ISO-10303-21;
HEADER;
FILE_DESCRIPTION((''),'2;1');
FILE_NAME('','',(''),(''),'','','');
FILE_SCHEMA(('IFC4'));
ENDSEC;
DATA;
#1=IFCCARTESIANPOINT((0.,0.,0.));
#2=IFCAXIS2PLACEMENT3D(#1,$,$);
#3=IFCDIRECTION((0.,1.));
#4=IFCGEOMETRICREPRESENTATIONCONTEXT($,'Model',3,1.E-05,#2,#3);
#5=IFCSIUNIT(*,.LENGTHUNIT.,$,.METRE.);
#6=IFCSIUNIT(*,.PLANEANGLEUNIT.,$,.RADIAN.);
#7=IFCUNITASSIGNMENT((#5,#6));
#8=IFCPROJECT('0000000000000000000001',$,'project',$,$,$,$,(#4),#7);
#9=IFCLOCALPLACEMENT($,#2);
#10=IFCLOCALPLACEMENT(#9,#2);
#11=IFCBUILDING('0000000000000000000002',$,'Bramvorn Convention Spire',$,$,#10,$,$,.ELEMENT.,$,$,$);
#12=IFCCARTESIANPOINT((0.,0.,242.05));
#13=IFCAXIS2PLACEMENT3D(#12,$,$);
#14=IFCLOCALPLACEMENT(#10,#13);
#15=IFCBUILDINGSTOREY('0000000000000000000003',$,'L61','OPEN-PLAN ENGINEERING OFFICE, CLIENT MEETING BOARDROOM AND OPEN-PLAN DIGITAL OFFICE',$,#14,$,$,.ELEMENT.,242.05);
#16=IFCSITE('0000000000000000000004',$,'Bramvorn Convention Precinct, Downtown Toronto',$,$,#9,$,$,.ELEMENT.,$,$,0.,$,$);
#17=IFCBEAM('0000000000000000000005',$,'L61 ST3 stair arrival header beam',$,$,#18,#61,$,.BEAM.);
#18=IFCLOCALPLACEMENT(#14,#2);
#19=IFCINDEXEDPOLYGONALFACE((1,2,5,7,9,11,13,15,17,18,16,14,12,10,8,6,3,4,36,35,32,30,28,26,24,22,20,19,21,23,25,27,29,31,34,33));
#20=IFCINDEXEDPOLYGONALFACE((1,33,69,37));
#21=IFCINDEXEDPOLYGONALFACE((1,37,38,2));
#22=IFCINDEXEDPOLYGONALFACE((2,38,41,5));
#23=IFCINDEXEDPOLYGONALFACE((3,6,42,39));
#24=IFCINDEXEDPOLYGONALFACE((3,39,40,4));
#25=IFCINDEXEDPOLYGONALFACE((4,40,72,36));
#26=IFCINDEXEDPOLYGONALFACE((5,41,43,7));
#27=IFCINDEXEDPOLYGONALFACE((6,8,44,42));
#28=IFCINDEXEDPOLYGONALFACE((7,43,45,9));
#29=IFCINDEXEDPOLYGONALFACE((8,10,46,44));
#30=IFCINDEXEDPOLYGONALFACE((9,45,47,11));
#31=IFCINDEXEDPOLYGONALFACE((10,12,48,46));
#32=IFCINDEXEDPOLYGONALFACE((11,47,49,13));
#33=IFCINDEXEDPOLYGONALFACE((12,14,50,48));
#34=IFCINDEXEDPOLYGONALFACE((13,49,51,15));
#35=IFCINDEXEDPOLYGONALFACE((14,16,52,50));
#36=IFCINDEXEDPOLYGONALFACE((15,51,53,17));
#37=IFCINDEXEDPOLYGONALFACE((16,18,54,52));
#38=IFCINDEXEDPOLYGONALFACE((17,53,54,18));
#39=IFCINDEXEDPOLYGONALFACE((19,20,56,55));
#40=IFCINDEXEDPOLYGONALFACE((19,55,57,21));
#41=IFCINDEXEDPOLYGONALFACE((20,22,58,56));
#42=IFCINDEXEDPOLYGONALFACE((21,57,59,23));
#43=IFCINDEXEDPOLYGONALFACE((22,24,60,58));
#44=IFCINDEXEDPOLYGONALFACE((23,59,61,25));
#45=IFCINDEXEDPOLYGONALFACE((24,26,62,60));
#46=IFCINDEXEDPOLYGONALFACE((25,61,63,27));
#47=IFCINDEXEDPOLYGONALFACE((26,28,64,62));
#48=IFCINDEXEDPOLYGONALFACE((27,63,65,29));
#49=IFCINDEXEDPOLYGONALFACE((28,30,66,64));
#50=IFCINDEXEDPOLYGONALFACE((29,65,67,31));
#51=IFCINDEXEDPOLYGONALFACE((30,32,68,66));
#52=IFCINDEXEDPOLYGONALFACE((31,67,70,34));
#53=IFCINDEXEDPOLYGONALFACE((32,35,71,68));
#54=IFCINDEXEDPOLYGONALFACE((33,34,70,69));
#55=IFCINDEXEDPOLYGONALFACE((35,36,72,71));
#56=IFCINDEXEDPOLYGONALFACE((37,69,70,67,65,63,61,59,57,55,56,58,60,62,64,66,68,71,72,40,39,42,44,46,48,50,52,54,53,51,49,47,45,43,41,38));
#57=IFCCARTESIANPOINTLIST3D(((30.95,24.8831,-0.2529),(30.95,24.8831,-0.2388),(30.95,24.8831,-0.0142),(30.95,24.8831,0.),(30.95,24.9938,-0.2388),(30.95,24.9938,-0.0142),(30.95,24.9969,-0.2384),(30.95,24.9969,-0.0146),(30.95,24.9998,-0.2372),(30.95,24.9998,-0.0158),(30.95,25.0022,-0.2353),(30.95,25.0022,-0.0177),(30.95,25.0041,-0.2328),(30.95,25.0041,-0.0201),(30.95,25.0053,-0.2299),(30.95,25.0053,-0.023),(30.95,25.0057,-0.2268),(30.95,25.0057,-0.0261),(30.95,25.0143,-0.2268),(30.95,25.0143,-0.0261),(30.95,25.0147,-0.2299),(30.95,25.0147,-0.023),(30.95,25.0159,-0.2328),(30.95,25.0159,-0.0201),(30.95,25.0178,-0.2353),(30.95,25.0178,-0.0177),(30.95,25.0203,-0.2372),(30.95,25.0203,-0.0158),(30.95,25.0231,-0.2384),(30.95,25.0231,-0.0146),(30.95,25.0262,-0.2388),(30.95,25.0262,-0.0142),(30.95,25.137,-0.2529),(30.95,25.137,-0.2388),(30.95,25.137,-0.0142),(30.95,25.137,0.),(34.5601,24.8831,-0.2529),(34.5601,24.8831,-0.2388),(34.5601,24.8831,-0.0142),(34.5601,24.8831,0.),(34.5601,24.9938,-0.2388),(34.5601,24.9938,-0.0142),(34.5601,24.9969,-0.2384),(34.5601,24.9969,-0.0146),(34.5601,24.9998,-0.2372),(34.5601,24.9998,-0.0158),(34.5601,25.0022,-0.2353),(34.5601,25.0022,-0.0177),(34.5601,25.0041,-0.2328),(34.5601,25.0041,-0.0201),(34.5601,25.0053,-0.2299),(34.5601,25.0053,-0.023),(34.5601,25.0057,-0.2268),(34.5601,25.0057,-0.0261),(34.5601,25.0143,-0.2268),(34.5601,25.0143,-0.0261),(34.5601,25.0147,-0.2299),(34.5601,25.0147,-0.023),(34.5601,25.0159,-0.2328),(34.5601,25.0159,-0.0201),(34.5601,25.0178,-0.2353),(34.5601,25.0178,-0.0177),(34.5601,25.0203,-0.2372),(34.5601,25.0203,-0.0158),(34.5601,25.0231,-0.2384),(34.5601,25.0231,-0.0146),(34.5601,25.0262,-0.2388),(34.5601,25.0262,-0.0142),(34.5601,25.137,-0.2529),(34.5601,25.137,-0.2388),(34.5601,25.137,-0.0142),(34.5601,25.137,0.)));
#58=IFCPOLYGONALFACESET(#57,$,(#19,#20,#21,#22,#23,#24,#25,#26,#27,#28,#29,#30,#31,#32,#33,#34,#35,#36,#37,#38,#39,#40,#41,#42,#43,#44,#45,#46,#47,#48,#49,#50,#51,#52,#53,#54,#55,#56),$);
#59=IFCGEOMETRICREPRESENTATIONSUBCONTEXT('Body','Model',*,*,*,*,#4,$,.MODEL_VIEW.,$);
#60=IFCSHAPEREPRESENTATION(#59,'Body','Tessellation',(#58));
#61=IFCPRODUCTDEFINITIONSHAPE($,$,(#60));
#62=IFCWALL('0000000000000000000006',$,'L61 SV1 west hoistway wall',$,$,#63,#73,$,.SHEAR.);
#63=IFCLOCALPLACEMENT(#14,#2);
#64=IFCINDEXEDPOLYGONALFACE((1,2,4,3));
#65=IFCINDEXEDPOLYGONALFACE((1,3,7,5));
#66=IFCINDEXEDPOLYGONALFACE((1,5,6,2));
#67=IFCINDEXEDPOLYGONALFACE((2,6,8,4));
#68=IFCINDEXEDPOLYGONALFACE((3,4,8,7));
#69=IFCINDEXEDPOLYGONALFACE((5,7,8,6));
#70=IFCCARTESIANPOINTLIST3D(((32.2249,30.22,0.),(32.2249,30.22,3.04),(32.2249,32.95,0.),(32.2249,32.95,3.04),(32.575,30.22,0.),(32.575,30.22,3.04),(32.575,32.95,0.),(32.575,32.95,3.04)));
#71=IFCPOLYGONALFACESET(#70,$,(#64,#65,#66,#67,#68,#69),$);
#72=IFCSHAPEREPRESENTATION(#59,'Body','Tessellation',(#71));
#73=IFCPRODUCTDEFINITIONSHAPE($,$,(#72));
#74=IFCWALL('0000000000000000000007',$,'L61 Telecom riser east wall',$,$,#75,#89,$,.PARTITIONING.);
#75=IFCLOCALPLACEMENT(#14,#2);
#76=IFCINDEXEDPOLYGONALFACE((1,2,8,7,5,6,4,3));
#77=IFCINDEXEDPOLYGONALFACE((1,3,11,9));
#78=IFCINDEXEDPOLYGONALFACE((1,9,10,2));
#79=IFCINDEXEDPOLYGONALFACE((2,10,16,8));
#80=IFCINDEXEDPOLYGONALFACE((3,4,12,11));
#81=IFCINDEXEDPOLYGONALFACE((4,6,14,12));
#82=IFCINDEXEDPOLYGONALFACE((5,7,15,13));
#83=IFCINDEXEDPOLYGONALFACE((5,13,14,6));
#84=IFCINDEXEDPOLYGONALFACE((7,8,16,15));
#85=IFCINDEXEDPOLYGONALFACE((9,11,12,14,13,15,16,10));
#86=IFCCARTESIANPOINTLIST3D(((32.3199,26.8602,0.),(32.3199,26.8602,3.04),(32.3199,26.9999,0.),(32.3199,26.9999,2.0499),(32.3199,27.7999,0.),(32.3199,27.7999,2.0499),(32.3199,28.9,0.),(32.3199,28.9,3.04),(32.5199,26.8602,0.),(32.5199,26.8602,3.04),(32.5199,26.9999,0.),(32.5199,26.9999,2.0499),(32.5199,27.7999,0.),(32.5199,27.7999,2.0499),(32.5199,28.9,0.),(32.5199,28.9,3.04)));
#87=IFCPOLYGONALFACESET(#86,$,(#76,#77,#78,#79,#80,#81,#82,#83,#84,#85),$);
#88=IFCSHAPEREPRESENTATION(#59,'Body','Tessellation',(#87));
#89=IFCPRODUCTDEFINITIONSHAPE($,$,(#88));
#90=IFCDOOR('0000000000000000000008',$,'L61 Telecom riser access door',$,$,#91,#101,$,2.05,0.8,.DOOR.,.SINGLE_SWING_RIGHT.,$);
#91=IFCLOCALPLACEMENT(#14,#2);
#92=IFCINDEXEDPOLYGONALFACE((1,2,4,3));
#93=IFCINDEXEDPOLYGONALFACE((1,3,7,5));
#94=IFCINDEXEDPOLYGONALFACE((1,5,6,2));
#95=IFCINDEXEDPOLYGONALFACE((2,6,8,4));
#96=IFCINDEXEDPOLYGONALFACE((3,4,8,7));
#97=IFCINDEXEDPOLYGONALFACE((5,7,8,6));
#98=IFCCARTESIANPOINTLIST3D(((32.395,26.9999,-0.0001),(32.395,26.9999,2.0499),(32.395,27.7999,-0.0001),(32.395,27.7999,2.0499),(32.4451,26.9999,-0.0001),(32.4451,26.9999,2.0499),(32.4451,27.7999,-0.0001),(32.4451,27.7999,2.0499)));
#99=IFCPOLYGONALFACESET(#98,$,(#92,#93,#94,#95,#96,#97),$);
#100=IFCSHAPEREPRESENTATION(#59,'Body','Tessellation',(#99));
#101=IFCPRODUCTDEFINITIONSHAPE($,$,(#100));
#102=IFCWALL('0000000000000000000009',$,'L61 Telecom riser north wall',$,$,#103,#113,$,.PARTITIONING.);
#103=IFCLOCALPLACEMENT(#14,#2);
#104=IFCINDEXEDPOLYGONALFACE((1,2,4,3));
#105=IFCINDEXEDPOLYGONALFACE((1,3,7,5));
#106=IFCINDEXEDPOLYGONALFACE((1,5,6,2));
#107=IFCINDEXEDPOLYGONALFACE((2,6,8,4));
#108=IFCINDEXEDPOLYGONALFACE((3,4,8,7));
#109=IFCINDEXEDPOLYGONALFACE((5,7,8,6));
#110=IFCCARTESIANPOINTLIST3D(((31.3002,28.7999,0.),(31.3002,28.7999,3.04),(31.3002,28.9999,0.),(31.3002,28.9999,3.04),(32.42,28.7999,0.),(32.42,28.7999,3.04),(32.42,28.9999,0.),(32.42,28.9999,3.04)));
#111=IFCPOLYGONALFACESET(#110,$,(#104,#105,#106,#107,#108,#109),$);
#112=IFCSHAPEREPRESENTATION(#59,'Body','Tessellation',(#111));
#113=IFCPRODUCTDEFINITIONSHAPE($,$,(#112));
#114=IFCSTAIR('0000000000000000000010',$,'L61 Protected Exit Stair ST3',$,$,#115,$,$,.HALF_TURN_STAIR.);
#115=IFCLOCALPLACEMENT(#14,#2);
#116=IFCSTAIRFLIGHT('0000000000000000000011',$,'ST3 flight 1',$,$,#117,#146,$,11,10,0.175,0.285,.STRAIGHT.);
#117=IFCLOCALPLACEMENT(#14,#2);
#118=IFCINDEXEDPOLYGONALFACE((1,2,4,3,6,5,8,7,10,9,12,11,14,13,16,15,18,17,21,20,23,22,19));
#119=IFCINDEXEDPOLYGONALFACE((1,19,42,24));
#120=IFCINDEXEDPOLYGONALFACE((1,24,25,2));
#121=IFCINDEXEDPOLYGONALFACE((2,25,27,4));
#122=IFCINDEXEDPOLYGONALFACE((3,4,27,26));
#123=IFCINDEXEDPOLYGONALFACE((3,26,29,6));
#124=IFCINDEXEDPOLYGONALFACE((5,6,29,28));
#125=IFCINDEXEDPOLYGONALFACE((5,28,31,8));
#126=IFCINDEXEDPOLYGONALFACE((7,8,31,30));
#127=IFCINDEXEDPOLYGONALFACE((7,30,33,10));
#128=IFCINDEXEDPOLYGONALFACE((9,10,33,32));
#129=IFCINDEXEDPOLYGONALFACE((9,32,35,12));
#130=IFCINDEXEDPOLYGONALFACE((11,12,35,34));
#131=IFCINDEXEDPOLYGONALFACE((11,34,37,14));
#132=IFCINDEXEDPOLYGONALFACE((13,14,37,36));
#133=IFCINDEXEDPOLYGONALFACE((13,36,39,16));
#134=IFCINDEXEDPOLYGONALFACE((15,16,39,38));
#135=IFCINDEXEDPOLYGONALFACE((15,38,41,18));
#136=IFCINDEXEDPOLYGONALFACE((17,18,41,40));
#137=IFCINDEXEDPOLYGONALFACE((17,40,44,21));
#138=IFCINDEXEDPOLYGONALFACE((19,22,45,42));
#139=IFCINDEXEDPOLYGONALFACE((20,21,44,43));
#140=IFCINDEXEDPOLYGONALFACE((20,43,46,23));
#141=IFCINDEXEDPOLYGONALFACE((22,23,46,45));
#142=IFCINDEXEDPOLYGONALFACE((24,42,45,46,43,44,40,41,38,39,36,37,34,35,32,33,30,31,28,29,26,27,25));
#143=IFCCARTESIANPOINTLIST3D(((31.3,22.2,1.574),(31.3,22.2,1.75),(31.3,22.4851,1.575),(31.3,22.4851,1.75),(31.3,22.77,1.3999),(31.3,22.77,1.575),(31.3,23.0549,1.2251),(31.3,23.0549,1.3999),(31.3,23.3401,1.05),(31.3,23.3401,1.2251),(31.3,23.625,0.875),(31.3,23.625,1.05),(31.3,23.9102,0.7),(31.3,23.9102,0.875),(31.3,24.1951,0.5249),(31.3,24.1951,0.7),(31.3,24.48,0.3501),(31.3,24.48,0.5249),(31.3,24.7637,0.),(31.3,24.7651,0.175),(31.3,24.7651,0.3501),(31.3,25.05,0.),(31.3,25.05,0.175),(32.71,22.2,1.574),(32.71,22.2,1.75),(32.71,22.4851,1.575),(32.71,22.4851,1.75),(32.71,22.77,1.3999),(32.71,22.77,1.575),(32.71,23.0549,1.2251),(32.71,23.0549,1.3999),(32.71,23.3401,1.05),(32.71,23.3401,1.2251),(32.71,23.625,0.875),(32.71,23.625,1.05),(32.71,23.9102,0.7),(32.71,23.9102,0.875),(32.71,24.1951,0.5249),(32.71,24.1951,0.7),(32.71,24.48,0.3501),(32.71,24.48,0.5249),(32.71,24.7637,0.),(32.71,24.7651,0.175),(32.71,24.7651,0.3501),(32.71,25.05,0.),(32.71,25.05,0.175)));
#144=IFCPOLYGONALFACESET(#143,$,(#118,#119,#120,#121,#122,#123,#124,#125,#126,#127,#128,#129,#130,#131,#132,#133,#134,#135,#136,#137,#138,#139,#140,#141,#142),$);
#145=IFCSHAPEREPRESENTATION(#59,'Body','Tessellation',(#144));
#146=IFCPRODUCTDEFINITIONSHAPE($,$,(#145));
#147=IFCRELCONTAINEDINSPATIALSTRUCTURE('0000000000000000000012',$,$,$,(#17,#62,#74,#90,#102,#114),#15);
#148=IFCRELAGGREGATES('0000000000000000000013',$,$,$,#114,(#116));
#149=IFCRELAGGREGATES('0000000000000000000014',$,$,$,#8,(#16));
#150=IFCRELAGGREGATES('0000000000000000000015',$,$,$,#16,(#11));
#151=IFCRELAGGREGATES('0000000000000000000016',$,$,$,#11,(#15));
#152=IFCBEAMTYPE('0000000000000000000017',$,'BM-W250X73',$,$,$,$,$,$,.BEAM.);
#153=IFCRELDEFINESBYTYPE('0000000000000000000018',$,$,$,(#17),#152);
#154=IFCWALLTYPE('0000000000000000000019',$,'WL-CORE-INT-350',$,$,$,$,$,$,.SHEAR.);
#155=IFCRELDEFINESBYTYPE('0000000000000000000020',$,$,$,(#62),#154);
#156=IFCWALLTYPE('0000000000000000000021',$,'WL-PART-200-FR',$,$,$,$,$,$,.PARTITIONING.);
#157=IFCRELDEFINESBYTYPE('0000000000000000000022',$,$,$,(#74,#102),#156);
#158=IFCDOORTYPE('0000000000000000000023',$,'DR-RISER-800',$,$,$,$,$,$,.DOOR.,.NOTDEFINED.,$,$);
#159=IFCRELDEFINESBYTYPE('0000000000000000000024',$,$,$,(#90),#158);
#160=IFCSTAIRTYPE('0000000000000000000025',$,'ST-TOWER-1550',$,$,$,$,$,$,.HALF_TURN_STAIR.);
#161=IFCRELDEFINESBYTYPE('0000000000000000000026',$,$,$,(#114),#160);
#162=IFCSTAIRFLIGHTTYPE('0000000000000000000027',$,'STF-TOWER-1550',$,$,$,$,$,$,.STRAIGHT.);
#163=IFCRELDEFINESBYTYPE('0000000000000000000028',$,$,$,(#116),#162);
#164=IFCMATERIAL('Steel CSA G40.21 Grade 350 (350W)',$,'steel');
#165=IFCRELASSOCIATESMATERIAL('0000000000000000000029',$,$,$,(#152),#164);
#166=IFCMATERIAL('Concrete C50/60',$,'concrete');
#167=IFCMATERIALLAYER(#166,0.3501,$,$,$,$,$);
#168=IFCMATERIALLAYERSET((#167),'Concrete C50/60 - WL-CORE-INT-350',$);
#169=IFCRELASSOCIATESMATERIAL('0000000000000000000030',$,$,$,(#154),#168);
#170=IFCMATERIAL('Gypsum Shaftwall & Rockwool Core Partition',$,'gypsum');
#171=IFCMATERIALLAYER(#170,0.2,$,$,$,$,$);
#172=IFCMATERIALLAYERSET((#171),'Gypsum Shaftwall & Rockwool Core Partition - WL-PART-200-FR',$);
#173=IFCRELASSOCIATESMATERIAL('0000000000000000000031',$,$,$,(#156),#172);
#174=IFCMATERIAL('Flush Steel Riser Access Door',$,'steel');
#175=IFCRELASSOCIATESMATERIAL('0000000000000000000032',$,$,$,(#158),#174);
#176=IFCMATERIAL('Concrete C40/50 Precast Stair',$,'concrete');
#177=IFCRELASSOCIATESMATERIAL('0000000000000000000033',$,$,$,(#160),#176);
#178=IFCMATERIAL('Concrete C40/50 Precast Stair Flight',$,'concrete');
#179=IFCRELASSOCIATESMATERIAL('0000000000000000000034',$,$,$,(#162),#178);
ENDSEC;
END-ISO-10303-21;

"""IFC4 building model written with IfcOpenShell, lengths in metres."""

from ifc_helpers import new_model, si_unit, direction, frame, frame_2d, origin, origin_2d, place, context, subcontext, project, spatial, polyline, rectangle, i_section, outline, extrude, material, layer, layer_set, material_profile, profile_set, type_object, element, fill, aggregate, save


model = new_model("IFC4")

# Units and contexts
model_context = context("Model", 3, precision=1e-05, world=origin(), true_north=direction((0.0, 1.0)))
body_context = subcontext(model_context, "Body", "Model", "MODEL_VIEW")
ifc_project = project(units=[si_unit("LENGTHUNIT", "METRE"), si_unit("PLANEANGLEUNIT", "RADIAN")], contexts=[model_context])

# Site, building, storey
site_placement = place(None, origin())
site = spatial("IfcSite", under=ifc_project, at=site_placement, Name="Bramvorn Convention Precinct, Downtown Toronto", CompositionType="ELEMENT", RefElevation=0.0)
building_placement = place(site_placement, origin())
building = spatial("IfcBuilding", under=site, at=building_placement, Name="Bramvorn Convention Spire", CompositionType="ELEMENT")
storey_placement = place(building_placement, frame((0.0, 0.0, 242.05)))
storey = spatial("IfcBuildingStorey", under=building, at=storey_placement, Name="L61", Description="OPEN-PLAN ENGINEERING OFFICE, CLIENT MEETING BOARDROOM AND OPEN-PLAN DIGITAL OFFICE", CompositionType="ELEMENT", Elevation=242.05)

# Beam
ifc_material_1 = material(Name="Steel CSA G40.21 Grade 350 (350W)", Category="steel")
ifc_material_profile = material_profile(ifc_material_1, i_section(OverallWidth=0.2539, OverallDepth=0.2529, WebThickness=0.0085, FlangeThickness=0.0142, FilletRadius=0.012, at=origin_2d()))
ifc_profile_set = profile_set([ifc_material_profile], Name="Steel CSA G40.21 Grade 350 (350W) - W250X73")
beam_type = type_object("IfcBeamType", Name="BM-W250X73", PredefinedType="BEAM", material=ifc_profile_set)
beam_placement = place(storey_placement, frame((30.95, 25.01, -0.1265), z_axis=(1.0, 0.0, 0.0), x_axis=(0.0, 1.0, 0.0)))
element("IfcBeam", 1, at=beam_placement, inside=storey, type_object=beam_type, Name="L61 ST3 stair arrival header beam", PredefinedType="BEAM", context=body_context, shape_type="SweptSolid", body=[
    extrude(i_section(OverallWidth=0.2539, OverallDepth=0.2529, WebThickness=0.0085, FlangeThickness=0.0142, FilletRadius=0.012, at=origin_2d()), origin(), (0.0, 0.0, 1.0), 3.6101),
])

# Shared definitions
ifc_material_2 = material(Name="Concrete C50/60", Category="concrete")
ifc_layer_1 = layer(ifc_material_2, 0.3501)
ifc_layer_set_1 = layer_set([ifc_layer_1], Name="Concrete C50/60 - WL-CORE-INT-350")
wall_type_1 = type_object("IfcWallType", Name="WL-CORE-INT-350", PredefinedType="SHEAR", material=ifc_layer_set_1)

# Wall
wall_1_placement = place(storey_placement, frame((32.3999, 30.22, 0.0), z_axis=(0.0, 0.0, 1.0), x_axis=(0.0, 1.0, 0.0)))
element("IfcWall", 2, at=wall_1_placement, inside=storey, type_object=wall_type_1, Name="L61 SV1 west hoistway wall", PredefinedType="SHEAR", context=body_context, shape_type="SweptSolid", body=[
    extrude(rectangle(XDim=2.73, YDim=0.3501, at=frame_2d((1.365, 0.0))), origin(), (0.0, 0.0, 1.0), 3.04),
])

# Wall, opening, door
ifc_material_3 = material(Name="Gypsum Shaftwall & Rockwool Core Partition", Category="gypsum")
ifc_layer_2 = layer(ifc_material_3, 0.2)
ifc_layer_set_2 = layer_set([ifc_layer_2], Name="Gypsum Shaftwall & Rockwool Core Partition - WL-PART-200-FR")
wall_type_2 = type_object("IfcWallType", Name="WL-PART-200-FR", PredefinedType="PARTITIONING", material=ifc_layer_set_2)
wall_2_placement = place(storey_placement, frame((32.4199, 26.8601, 0.0), z_axis=(0.0, 0.0, 1.0), x_axis=(0.0, 1.0, 0.0)))
wall_2 = element("IfcWall", 3, at=wall_2_placement, inside=storey, type_object=wall_type_2, Name="L61 Telecom riser east wall", PredefinedType="PARTITIONING", context=body_context, shape_type="SweptSolid", body=[
    extrude(rectangle(XDim=2.0398, YDim=0.2, at=frame_2d((1.02, 0.0))), origin(), (0.0, 0.0, 1.0), 3.04),
])
opening_1_placement = place(wall_2_placement, frame((0.1399, 0.0, 0.0)))
opening_1 = element("IfcOpeningElement", 4, at=opening_1_placement, cuts=wall_2, PredefinedType="OPENING", context=body_context, shape_type="SweptSolid", body=[
    extrude(rectangle(XDim=0.8, YDim=2.05, at=frame_2d((0.3999, 1.0249))), frame((0.0, 0.1099, 0.0), z_axis=(0.0, -1.0, 0.0), x_axis=(1.0, 0.0, 0.0)), (0.0, 0.0, 1.0), 0.22),
])
ifc_material_4 = material(Name="Flush Steel Riser Access Door", Category="steel")
door_type_1 = type_object("IfcDoorType", Name="DR-RISER-800", OperationType="NOTDEFINED", PredefinedType="DOOR", material=ifc_material_4)
door_1_placement = place(opening_1_placement, origin())
door_1 = element("IfcDoor", 5, at=door_1_placement, inside=storey, type_object=door_type_1, Name="L61 Telecom riser access door", OperationType="SINGLE_SWING_RIGHT", OverallHeight=2.05, OverallWidth=0.8, PredefinedType="DOOR", context=body_context, shape_type="SweptSolid", body=[
    extrude(rectangle(XDim=0.8, YDim=2.05, at=frame_2d((0.3999, 1.0249))), frame((0.0, 0.0249, 0.0), z_axis=(0.0, -1.0, 0.0), x_axis=(1.0, 0.0, 0.0)), (0.0, 0.0, 1.0), 0.05),
])
fill(opening_1, door_1)

# Wall
wall_3_placement = place(storey_placement, frame((31.3, 28.8999, 0.0), z_axis=(0.0, 0.0, 1.0), x_axis=(1.0, 0.0, 0.0)))
element("IfcWall", 6, at=wall_3_placement, inside=storey, type_object=wall_type_2, Name="L61 Telecom riser north wall", PredefinedType="PARTITIONING", context=body_context, shape_type="SweptSolid", body=[
    extrude(rectangle(XDim=1.1199, YDim=0.2, at=frame_2d((0.5601, 0.0))), origin(), (0.0, 0.0, 1.0), 3.04),
])

# Stair, stair flight
ifc_material_5 = material(Name="Concrete C40/50 Precast Stair", Category="concrete")
stair_type = type_object("IfcStairType", Name="ST-TOWER-1550", PredefinedType="HALF_TURN_STAIR", material=ifc_material_5)
stair_placement = place(storey_placement, origin())
stair = element("IfcStair", 7, at=stair_placement, inside=storey, type_object=stair_type, Name="L61 Protected Exit Stair ST3", PredefinedType="HALF_TURN_STAIR")
ifc_material_6 = material(Name="Concrete C40/50 Precast Stair Flight", Category="concrete")
stair_flight_type = type_object("IfcStairFlightType", Name="STF-TOWER-1550", PredefinedType="STRAIGHT", material=ifc_material_6)
stair_flight_placement = place(storey_placement, frame((32.0049, 25.05, 0.0), z_axis=(0.0, 0.0, 1.0), x_axis=(0.0, -1.0, 0.0)))
stair_flight = element("IfcStairFlight", 8, at=stair_flight_placement, type_object=stair_flight_type, Name="ST3 flight 1", NumberOfRisers=11, NumberOfTreads=10, PredefinedType="STRAIGHT", RiserHeight=0.175, TreadLength=0.285, context=body_context, shape_type="SweptSolid", body=[
    extrude(outline(polyline([(0.0, 0.0), (0.0, 0.175), (0.2849, 0.175), (0.2849, 0.3501), (0.5701, 0.3501), (0.5701, 0.5249), (0.855, 0.5249), (0.855, 0.7), (1.1399, 0.7), (1.1399, 0.875), (1.425, 0.875), (1.425, 1.05), (1.71, 1.05), (1.71, 1.2251), (1.9951, 1.2251), (1.9951, 1.3999), (2.28, 1.3999), (2.28, 1.575), (2.5649, 1.575), (2.5649, 1.75), (2.8501, 1.75), (2.8501, 1.925), (2.8501, 1.574), (0.2864, 0.0), (0.0, 0.0)])), frame((0.0, 0.7051, 0.0), z_axis=(0.0, -1.0, 0.0), x_axis=(1.0, 0.0, 0.0)), (0.0, 0.0, 1.0), 1.4099),
])
aggregate(stair, [stair_flight])

save(model, "model.ifc")
